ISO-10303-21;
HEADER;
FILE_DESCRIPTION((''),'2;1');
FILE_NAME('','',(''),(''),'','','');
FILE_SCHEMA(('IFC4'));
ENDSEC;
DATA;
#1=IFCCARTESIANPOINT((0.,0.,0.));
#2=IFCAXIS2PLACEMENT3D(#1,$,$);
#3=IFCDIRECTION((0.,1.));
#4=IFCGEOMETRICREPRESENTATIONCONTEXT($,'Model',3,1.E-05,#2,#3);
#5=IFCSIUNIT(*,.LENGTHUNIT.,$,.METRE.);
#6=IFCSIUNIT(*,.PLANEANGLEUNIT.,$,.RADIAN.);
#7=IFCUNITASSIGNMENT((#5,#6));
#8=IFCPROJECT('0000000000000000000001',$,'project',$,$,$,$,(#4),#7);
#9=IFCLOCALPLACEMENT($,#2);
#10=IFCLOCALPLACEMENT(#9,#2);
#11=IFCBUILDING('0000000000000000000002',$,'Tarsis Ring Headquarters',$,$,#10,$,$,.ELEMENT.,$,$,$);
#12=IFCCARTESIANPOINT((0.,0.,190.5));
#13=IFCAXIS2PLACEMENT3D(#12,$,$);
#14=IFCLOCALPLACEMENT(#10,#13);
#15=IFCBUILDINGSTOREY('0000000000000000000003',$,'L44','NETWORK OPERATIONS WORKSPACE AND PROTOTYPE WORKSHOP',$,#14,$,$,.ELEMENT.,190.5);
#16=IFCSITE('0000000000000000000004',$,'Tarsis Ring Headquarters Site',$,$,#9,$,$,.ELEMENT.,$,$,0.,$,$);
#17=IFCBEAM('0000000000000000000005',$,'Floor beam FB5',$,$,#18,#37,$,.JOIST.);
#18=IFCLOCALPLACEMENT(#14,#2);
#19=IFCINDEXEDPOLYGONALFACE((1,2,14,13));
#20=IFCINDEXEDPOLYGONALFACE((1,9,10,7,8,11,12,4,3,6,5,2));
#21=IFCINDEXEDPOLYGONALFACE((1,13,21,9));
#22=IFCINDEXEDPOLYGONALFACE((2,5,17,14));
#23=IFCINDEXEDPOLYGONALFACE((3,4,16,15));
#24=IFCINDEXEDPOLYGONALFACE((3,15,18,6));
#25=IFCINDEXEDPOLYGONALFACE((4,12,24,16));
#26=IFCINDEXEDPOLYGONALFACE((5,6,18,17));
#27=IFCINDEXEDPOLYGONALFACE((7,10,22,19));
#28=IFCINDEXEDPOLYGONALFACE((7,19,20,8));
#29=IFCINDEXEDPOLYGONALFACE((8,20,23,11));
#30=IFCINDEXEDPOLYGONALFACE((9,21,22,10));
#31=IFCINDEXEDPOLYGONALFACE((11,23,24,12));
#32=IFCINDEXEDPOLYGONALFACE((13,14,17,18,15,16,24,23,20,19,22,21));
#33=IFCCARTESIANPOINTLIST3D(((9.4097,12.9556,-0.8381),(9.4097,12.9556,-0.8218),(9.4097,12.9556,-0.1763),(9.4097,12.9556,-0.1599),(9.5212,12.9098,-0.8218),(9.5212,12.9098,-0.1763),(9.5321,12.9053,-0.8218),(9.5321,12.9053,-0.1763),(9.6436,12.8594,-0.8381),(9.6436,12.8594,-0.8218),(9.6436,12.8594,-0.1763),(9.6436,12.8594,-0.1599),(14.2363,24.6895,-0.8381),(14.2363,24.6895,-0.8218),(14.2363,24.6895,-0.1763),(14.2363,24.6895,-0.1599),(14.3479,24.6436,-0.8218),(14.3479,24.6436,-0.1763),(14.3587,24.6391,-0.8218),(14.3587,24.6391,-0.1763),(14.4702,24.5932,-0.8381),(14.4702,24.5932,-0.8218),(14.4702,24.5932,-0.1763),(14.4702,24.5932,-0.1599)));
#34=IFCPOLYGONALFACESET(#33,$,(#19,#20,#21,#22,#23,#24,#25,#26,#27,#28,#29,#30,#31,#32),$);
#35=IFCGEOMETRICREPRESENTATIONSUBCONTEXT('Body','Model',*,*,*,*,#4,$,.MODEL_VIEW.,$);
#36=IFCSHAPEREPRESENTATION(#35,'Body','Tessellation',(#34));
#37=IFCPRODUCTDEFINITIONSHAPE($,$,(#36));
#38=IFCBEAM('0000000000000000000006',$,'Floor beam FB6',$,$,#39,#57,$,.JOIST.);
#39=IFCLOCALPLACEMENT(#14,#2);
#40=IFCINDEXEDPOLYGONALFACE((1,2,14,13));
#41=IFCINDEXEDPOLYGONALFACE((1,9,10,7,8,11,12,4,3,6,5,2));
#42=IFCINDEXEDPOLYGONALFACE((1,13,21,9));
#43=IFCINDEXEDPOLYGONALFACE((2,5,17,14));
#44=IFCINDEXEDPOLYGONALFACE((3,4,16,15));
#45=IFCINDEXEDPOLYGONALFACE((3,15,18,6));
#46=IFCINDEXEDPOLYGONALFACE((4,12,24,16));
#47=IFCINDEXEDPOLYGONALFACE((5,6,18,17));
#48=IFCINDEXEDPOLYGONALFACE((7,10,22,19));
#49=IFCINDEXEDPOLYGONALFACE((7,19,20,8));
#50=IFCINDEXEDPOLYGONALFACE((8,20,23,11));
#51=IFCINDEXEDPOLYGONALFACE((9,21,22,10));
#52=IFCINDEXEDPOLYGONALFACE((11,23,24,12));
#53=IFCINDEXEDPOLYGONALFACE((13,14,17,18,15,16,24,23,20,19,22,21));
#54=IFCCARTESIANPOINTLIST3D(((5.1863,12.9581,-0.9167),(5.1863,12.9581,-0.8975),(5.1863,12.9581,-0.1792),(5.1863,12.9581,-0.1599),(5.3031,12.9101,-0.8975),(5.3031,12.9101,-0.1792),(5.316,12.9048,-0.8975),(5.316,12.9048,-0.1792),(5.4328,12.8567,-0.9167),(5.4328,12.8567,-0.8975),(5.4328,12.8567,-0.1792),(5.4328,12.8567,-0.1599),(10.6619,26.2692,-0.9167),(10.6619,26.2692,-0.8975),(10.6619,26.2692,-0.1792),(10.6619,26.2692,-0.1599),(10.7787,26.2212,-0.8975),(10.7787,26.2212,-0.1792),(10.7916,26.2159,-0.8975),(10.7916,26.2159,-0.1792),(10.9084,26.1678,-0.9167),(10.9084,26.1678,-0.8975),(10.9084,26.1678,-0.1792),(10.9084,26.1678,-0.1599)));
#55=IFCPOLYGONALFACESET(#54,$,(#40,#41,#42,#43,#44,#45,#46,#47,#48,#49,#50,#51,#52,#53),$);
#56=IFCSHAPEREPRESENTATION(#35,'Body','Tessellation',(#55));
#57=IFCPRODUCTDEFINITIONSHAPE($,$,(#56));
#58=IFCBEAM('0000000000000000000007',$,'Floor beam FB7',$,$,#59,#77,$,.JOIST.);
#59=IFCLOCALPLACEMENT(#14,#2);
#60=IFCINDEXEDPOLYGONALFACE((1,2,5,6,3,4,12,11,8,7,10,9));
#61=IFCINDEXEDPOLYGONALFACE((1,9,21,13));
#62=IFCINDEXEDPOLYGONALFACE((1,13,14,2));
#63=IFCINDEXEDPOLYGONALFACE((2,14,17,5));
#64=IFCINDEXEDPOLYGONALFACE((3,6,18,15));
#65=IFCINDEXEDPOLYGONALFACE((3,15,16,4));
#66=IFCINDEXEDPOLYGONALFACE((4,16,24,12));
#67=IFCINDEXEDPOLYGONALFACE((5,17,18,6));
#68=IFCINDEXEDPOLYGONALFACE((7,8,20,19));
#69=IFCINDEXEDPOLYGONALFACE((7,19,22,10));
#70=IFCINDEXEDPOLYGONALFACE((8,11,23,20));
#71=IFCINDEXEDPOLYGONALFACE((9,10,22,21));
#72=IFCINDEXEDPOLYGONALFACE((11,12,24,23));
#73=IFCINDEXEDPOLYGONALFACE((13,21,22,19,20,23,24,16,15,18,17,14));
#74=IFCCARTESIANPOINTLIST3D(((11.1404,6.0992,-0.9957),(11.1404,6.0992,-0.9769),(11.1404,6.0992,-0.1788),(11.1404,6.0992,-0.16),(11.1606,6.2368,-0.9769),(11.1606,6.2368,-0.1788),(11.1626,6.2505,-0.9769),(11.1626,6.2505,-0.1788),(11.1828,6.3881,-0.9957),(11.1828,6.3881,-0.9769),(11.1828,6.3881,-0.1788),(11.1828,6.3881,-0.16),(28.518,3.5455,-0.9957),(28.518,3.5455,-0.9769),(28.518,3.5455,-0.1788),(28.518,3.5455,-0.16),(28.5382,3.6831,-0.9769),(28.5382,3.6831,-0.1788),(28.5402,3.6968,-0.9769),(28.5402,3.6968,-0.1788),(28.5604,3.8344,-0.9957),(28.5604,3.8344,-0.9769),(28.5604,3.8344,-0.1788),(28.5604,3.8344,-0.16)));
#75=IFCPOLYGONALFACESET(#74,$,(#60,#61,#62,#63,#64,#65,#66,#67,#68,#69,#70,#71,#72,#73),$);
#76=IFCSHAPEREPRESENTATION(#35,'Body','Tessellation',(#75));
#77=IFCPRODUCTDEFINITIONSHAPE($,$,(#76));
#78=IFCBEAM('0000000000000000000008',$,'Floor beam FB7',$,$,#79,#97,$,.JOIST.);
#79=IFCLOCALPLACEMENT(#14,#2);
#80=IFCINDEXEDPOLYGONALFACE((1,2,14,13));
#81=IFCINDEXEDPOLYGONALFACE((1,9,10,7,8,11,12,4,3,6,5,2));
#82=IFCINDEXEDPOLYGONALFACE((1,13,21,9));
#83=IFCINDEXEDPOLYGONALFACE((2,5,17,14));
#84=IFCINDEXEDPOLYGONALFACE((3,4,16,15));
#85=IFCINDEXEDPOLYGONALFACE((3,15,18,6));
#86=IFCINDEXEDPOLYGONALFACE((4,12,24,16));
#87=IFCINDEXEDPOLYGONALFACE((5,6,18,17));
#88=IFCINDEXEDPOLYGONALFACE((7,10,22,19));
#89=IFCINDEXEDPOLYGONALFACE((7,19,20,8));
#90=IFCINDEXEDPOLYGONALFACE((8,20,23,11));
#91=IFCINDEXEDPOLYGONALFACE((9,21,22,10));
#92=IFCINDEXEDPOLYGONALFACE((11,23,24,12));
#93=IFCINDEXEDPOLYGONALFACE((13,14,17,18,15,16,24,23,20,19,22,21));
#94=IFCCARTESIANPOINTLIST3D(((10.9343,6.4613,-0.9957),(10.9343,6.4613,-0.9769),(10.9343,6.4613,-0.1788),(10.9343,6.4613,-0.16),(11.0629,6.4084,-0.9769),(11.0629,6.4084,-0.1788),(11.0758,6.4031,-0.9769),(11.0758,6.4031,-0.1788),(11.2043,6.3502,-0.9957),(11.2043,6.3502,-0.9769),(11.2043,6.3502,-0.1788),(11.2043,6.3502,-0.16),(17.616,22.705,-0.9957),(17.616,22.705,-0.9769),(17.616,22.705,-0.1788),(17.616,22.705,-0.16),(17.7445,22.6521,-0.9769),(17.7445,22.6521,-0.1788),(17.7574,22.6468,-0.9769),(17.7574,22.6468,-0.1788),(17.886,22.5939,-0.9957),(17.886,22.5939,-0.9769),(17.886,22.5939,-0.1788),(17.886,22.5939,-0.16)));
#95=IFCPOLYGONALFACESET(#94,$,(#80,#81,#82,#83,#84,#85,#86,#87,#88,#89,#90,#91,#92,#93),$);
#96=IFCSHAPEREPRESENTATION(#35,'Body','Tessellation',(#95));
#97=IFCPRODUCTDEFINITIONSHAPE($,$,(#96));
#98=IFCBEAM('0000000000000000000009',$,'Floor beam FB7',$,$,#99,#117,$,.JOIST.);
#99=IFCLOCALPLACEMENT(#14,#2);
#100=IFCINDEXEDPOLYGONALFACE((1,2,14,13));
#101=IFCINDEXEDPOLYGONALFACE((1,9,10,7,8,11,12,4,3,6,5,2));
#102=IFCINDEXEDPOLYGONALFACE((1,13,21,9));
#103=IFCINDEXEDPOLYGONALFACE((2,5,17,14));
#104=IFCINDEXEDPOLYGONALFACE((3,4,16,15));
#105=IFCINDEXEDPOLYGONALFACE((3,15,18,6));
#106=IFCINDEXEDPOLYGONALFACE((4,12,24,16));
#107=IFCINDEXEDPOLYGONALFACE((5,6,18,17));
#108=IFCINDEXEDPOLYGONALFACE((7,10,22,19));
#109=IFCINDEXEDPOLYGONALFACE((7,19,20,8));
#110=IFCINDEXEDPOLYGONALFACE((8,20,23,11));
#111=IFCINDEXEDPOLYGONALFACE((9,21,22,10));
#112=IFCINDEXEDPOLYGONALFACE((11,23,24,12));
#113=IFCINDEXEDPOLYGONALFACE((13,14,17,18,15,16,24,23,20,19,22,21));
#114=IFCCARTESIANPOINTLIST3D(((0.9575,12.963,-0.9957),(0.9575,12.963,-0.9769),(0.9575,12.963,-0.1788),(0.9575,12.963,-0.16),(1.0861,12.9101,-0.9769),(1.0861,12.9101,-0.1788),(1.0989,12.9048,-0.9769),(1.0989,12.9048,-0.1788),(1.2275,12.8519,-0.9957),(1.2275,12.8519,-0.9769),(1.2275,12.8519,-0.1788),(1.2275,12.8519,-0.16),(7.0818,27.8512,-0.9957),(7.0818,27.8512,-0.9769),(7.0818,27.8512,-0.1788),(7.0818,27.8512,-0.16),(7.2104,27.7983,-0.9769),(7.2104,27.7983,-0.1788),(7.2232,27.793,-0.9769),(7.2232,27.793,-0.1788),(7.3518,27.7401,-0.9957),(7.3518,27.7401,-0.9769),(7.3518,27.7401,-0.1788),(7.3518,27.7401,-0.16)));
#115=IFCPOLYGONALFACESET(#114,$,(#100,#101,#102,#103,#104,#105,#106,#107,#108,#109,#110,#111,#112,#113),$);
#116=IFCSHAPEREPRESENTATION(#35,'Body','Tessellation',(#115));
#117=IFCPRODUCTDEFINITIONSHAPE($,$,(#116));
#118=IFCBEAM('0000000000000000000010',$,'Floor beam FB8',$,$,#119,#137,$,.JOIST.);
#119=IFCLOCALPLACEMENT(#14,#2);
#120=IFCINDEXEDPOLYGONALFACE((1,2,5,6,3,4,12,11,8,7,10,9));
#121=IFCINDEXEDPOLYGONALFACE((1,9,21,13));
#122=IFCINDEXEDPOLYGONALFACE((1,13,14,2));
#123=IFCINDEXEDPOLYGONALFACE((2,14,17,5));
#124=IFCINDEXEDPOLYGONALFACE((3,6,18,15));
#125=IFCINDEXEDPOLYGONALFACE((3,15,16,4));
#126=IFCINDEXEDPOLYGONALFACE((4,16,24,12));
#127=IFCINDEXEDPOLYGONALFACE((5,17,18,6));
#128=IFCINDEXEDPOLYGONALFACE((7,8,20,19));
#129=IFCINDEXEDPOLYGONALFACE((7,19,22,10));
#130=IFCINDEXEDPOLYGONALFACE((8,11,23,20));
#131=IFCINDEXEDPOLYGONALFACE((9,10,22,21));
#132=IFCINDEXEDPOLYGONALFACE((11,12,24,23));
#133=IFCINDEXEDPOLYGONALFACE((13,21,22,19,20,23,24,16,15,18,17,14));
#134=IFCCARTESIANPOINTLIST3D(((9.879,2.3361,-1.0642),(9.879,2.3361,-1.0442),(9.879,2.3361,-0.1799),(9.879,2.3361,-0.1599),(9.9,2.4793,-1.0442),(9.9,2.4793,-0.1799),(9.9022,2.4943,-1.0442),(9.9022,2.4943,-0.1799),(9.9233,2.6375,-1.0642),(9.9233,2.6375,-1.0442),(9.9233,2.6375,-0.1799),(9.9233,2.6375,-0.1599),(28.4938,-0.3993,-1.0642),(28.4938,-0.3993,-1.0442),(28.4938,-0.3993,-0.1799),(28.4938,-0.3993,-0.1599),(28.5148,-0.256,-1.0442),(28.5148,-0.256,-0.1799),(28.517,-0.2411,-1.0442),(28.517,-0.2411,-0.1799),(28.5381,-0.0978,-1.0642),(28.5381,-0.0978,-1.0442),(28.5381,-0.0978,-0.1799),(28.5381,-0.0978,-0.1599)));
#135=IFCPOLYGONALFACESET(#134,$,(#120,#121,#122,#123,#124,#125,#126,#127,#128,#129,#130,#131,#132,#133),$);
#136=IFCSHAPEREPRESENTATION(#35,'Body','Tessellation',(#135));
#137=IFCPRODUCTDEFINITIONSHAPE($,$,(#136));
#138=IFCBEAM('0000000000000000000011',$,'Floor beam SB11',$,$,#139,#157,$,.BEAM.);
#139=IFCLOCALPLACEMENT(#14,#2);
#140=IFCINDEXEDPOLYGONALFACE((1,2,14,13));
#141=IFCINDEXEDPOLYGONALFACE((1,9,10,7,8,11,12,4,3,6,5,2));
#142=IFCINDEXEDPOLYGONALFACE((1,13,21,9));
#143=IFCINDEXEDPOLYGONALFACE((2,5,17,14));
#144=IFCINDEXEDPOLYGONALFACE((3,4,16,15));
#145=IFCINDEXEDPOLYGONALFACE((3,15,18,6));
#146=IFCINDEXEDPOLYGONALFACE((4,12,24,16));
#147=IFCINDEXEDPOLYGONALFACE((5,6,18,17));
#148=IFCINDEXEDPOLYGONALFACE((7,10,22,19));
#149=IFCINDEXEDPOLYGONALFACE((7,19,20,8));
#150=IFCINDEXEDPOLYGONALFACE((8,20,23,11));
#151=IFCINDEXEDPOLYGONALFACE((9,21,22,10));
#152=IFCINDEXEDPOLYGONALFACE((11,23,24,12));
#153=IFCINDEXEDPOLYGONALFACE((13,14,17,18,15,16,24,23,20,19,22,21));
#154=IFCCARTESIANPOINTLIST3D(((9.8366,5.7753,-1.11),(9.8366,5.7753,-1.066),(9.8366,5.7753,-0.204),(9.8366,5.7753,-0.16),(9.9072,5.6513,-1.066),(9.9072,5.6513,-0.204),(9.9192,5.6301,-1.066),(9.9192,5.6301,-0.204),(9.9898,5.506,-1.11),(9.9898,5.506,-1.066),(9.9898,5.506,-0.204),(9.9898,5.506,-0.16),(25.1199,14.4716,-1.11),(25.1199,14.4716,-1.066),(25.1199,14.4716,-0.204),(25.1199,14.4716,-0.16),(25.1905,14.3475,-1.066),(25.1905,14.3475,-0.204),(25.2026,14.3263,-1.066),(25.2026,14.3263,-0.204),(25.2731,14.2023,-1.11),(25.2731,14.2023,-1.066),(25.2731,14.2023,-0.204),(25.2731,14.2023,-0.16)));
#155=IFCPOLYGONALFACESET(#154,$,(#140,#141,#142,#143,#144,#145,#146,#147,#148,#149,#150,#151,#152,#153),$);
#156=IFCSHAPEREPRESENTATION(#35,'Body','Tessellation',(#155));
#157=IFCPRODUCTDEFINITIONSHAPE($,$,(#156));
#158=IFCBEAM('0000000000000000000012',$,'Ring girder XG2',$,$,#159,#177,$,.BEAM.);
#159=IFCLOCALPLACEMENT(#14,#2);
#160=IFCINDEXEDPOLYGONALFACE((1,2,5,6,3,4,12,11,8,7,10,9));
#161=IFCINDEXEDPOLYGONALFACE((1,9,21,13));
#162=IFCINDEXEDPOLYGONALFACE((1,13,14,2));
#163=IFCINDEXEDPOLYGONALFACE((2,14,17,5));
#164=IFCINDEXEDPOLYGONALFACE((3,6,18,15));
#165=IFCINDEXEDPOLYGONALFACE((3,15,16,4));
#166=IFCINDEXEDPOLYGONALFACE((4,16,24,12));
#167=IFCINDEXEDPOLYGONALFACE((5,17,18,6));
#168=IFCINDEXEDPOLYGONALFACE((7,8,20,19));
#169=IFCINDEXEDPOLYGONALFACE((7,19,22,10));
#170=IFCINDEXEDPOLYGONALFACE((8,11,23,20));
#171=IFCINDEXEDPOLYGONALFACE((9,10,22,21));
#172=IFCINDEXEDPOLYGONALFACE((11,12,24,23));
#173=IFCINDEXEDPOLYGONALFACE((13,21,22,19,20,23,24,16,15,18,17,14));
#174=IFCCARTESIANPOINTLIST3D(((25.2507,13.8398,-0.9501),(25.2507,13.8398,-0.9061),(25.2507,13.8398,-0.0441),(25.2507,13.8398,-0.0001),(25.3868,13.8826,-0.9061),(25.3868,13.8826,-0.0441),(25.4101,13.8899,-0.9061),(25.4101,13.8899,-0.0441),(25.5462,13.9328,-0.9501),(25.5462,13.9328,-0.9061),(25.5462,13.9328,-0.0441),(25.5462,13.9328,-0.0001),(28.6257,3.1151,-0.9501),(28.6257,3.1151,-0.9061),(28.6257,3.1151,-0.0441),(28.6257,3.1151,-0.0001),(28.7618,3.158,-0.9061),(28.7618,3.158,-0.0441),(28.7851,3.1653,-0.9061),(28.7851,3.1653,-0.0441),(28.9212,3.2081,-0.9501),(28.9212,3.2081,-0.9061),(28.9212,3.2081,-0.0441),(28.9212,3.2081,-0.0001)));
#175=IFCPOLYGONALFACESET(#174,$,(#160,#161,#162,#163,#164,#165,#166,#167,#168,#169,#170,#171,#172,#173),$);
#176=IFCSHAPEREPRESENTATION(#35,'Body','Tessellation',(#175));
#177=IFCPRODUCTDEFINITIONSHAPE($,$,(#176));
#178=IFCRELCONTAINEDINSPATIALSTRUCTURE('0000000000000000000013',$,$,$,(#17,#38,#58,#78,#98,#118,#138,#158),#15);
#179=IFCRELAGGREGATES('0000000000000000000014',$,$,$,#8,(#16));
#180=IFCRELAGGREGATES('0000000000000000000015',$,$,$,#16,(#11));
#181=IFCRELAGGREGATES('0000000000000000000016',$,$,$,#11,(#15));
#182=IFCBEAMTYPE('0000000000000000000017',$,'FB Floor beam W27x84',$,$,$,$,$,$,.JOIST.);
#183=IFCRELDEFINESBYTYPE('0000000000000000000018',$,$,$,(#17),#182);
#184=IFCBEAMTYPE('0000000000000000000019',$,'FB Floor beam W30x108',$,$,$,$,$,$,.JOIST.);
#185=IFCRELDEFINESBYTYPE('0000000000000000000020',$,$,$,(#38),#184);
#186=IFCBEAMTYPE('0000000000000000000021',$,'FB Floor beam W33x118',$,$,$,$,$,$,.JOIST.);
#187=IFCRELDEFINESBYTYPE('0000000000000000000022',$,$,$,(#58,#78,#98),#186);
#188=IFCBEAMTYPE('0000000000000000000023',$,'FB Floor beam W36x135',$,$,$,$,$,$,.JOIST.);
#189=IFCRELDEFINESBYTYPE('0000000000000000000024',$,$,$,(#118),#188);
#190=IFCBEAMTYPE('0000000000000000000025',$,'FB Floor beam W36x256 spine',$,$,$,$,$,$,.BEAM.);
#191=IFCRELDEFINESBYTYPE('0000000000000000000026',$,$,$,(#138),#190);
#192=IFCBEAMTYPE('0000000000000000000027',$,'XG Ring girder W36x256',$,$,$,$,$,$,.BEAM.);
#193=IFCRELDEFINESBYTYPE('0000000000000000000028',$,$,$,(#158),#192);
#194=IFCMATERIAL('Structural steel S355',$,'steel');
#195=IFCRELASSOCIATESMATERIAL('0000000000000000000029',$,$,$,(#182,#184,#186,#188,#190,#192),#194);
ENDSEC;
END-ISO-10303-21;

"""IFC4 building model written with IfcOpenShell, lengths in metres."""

from ifc_helpers import new_model, si_unit, direction, frame, origin, origin_2d, place, context, subcontext, project, spatial, i_section, extrude, material, material_profile, profile_set, type_object, element, save


model = new_model("IFC4")

# Units and contexts
model_context = context("Model", 3, precision=1e-05, world=origin(), true_north=direction((0.0, 1.0)))
body_context = subcontext(model_context, "Body", "Model", "MODEL_VIEW")
ifc_project = project(units=[si_unit("LENGTHUNIT", "METRE"), si_unit("PLANEANGLEUNIT", "RADIAN")], contexts=[model_context])

# Site, building, storey
site_placement = place(None, origin())
site = spatial("IfcSite", under=ifc_project, at=site_placement, Name="Tarsis Ring Headquarters Site", CompositionType="ELEMENT", RefElevation=0.0)
building_placement = place(site_placement, origin())
building = spatial("IfcBuilding", under=site, at=building_placement, Name="Tarsis Ring Headquarters", CompositionType="ELEMENT")
storey_placement = place(building_placement, frame((0.0, 0.0, 190.5)))
storey = spatial("IfcBuildingStorey", under=building, at=storey_placement, Name="L44", Description="NETWORK OPERATIONS WORKSPACE AND PROTOTYPE WORKSHOP", CompositionType="ELEMENT", Elevation=190.5)

# Shared definitions
ifc_material_1 = material(Name="Structural steel S355", Category="steel")

# Beams
ifc_material_profile_1 = material_profile(ifc_material_1, i_section(OverallWidth=0.2529, OverallDepth=0.6782, WebThickness=0.0117, FlangeThickness=0.0164, at=origin_2d()), Name="W27x84")
ifc_profile_set_1 = profile_set([ifc_material_profile_1], Name="Structural steel S355")
beam_type_1 = type_object("IfcBeamType", Name="FB Floor beam W27x84", PredefinedType="JOIST", material=ifc_profile_set_1)
beam_1_placement = place(storey_placement, frame((14.3533, 24.6414, -0.499), z_axis=(-0.380417, -0.924815, 0.0), x_axis=(0.924815, -0.380417, 0.0)))
element("IfcBeam", 1, at=beam_1_placement, inside=storey, type_object=beam_type_1, Name="Floor beam FB5", PredefinedType="JOIST", context=body_context, shape_type="SweptSolid", body=[
    extrude(i_section(OverallWidth=0.2529, OverallDepth=0.6782, WebThickness=0.0117, FlangeThickness=0.0164, at=origin_2d()), origin(), (0.0, 0.0, 1.0), 12.6877),
])
ifc_material_profile_2 = material_profile(ifc_material_1, i_section(OverallWidth=0.2666, OverallDepth=0.7568, WebThickness=0.0139, FlangeThickness=0.0193, at=origin_2d()), Name="W30x108")
ifc_profile_set_2 = profile_set([ifc_material_profile_2], Name="Structural steel S355")
beam_type_2 = type_object("IfcBeamType", Name="FB Floor beam W30x108", PredefinedType="JOIST", material=ifc_profile_set_2)
beam_2_placement = place(storey_placement, frame((10.7852, 26.2185, -0.5383), z_axis=(-0.380427, -0.924811, 0.0), x_axis=(0.924811, -0.380427, 0.0)))
element("IfcBeam", 2, at=beam_2_placement, inside=storey, type_object=beam_type_2, Name="Floor beam FB6", PredefinedType="JOIST", context=body_context, shape_type="SweptSolid", body=[
    extrude(i_section(OverallWidth=0.2666, OverallDepth=0.7568, WebThickness=0.0139, FlangeThickness=0.0193, at=origin_2d()), origin(), (0.0, 0.0, 1.0), 14.3933),
])
ifc_material_profile_3 = material_profile(ifc_material_1, i_section(OverallWidth=0.292, OverallDepth=0.8357, WebThickness=0.0139, FlangeThickness=0.0188, at=origin_2d()), Name="W33x118")
ifc_profile_set_3 = profile_set([ifc_material_profile_3], Name="Structural steel S355")
beam_type_3 = type_object("IfcBeamType", Name="FB Floor beam W33x118", PredefinedType="JOIST", material=ifc_profile_set_3)
for number, where, z_axis, x_axis, name in (
    (3, (11.1616, 6.2437, -0.5779), (0.989374, -0.145392, 0.0), (0.145392, 0.989374, 0.0), "Floor beam FB7"),
    (4, (17.751, 22.6494, -0.5779), (-0.380413, -0.924817, 0.0), (0.924817, -0.380413, 0.0), "Floor beam FB7"),
):
    element("IfcBeam", number, at=place(storey_placement, frame(where, z_axis=z_axis, x_axis=x_axis)), inside=storey, type_object=beam_type_3, Name=name, PredefinedType="JOIST", context=body_context, shape_type="SweptSolid", body=[
        extrude(i_section(OverallWidth=0.292, OverallDepth=0.8357, WebThickness=0.0139, FlangeThickness=0.0188, at=origin_2d()), origin(), (0.0, 0.0, 1.0), 17.5642),
    ])
beam_3_placement = place(storey_placement, frame((7.2168, 27.7957, -0.5779), z_axis=(-0.380423, -0.924813, 0.0), x_axis=(0.924813, -0.380423, 0.0)))
element("IfcBeam", 5, at=beam_3_placement, inside=storey, type_object=beam_type_3, Name="Floor beam FB7", PredefinedType="JOIST", context=body_context, shape_type="SweptSolid", body=[
    extrude(i_section(OverallWidth=0.292, OverallDepth=0.8357, WebThickness=0.0139, FlangeThickness=0.0188, at=origin_2d()), origin(), (0.0, 0.0, 1.0), 16.0986),
])
ifc_material_profile_4 = material_profile(ifc_material_1, i_section(OverallWidth=0.3047, OverallDepth=0.9043, WebThickness=0.0151, FlangeThickness=0.02, at=origin_2d()), Name="W36x135")
ifc_profile_set_4 = profile_set([ifc_material_profile_4], Name="Structural steel S355")
beam_type_4 = type_object("IfcBeamType", Name="FB Floor beam W36x135", PredefinedType="JOIST", material=ifc_profile_set_4)
beam_4_placement = place(storey_placement, frame((9.9011, 2.4868, -0.6121), z_axis=(0.989375, -0.145384, 0.0), x_axis=(0.145384, 0.989375, 0.0)))
element("IfcBeam", 6, at=beam_4_placement, inside=storey, type_object=beam_type_4, Name="Floor beam FB8", PredefinedType="JOIST", context=body_context, shape_type="SweptSolid", body=[
    extrude(i_section(OverallWidth=0.3047, OverallDepth=0.9043, WebThickness=0.0151, FlangeThickness=0.02, at=origin_2d()), origin(), (0.0, 0.0, 1.0), 18.8147),
])
ifc_material_profile_5 = material_profile(ifc_material_1, i_section(OverallWidth=0.3098, OverallDepth=0.95, WebThickness=0.0244, FlangeThickness=0.0439, at=origin_2d()), Name="W36x256")
ifc_profile_set_5 = profile_set([ifc_material_profile_5], Name="Structural steel S355")
beam_type_5 = type_object("IfcBeamType", Name="FB Floor beam W36x256 spine", PredefinedType="BEAM", material=ifc_profile_set_5)
beam_5_placement = place(storey_placement, frame((25.1965, 14.3369, -0.635), z_axis=(-0.869151, -0.494547, 0.0), x_axis=(0.494547, -0.869151, 0.0)))
element("IfcBeam", 7, at=beam_5_placement, inside=storey, type_object=beam_type_5, Name="Floor beam SB11", PredefinedType="BEAM", context=body_context, shape_type="SweptSolid", body=[
    extrude(i_section(OverallWidth=0.3098, OverallDepth=0.95, WebThickness=0.0244, FlangeThickness=0.0439, at=origin_2d()), origin(), (0.0, 0.0, 1.0), 17.5842),
])
beam_type_6 = type_object("IfcBeamType", Name="XG Ring girder W36x256", PredefinedType="BEAM", material=ifc_profile_set_5)
beam_6_placement = place(storey_placement, frame((28.7734, 3.1616, -0.4751), z_axis=(-0.300183, 0.953881, 0.0), x_axis=(-0.953881, -0.300183, 0.0)))
element("IfcBeam", 8, at=beam_6_placement, inside=storey, type_object=beam_type_6, Name="Ring girder XG2", PredefinedType="BEAM", context=body_context, shape_type="SweptSolid", body=[
    extrude(i_section(OverallWidth=0.3098, OverallDepth=0.95, WebThickness=0.0244, FlangeThickness=0.0439, at=origin_2d()), origin(), (0.0, 0.0, 1.0), 11.2432),
])

save(model, "model.ifc")
